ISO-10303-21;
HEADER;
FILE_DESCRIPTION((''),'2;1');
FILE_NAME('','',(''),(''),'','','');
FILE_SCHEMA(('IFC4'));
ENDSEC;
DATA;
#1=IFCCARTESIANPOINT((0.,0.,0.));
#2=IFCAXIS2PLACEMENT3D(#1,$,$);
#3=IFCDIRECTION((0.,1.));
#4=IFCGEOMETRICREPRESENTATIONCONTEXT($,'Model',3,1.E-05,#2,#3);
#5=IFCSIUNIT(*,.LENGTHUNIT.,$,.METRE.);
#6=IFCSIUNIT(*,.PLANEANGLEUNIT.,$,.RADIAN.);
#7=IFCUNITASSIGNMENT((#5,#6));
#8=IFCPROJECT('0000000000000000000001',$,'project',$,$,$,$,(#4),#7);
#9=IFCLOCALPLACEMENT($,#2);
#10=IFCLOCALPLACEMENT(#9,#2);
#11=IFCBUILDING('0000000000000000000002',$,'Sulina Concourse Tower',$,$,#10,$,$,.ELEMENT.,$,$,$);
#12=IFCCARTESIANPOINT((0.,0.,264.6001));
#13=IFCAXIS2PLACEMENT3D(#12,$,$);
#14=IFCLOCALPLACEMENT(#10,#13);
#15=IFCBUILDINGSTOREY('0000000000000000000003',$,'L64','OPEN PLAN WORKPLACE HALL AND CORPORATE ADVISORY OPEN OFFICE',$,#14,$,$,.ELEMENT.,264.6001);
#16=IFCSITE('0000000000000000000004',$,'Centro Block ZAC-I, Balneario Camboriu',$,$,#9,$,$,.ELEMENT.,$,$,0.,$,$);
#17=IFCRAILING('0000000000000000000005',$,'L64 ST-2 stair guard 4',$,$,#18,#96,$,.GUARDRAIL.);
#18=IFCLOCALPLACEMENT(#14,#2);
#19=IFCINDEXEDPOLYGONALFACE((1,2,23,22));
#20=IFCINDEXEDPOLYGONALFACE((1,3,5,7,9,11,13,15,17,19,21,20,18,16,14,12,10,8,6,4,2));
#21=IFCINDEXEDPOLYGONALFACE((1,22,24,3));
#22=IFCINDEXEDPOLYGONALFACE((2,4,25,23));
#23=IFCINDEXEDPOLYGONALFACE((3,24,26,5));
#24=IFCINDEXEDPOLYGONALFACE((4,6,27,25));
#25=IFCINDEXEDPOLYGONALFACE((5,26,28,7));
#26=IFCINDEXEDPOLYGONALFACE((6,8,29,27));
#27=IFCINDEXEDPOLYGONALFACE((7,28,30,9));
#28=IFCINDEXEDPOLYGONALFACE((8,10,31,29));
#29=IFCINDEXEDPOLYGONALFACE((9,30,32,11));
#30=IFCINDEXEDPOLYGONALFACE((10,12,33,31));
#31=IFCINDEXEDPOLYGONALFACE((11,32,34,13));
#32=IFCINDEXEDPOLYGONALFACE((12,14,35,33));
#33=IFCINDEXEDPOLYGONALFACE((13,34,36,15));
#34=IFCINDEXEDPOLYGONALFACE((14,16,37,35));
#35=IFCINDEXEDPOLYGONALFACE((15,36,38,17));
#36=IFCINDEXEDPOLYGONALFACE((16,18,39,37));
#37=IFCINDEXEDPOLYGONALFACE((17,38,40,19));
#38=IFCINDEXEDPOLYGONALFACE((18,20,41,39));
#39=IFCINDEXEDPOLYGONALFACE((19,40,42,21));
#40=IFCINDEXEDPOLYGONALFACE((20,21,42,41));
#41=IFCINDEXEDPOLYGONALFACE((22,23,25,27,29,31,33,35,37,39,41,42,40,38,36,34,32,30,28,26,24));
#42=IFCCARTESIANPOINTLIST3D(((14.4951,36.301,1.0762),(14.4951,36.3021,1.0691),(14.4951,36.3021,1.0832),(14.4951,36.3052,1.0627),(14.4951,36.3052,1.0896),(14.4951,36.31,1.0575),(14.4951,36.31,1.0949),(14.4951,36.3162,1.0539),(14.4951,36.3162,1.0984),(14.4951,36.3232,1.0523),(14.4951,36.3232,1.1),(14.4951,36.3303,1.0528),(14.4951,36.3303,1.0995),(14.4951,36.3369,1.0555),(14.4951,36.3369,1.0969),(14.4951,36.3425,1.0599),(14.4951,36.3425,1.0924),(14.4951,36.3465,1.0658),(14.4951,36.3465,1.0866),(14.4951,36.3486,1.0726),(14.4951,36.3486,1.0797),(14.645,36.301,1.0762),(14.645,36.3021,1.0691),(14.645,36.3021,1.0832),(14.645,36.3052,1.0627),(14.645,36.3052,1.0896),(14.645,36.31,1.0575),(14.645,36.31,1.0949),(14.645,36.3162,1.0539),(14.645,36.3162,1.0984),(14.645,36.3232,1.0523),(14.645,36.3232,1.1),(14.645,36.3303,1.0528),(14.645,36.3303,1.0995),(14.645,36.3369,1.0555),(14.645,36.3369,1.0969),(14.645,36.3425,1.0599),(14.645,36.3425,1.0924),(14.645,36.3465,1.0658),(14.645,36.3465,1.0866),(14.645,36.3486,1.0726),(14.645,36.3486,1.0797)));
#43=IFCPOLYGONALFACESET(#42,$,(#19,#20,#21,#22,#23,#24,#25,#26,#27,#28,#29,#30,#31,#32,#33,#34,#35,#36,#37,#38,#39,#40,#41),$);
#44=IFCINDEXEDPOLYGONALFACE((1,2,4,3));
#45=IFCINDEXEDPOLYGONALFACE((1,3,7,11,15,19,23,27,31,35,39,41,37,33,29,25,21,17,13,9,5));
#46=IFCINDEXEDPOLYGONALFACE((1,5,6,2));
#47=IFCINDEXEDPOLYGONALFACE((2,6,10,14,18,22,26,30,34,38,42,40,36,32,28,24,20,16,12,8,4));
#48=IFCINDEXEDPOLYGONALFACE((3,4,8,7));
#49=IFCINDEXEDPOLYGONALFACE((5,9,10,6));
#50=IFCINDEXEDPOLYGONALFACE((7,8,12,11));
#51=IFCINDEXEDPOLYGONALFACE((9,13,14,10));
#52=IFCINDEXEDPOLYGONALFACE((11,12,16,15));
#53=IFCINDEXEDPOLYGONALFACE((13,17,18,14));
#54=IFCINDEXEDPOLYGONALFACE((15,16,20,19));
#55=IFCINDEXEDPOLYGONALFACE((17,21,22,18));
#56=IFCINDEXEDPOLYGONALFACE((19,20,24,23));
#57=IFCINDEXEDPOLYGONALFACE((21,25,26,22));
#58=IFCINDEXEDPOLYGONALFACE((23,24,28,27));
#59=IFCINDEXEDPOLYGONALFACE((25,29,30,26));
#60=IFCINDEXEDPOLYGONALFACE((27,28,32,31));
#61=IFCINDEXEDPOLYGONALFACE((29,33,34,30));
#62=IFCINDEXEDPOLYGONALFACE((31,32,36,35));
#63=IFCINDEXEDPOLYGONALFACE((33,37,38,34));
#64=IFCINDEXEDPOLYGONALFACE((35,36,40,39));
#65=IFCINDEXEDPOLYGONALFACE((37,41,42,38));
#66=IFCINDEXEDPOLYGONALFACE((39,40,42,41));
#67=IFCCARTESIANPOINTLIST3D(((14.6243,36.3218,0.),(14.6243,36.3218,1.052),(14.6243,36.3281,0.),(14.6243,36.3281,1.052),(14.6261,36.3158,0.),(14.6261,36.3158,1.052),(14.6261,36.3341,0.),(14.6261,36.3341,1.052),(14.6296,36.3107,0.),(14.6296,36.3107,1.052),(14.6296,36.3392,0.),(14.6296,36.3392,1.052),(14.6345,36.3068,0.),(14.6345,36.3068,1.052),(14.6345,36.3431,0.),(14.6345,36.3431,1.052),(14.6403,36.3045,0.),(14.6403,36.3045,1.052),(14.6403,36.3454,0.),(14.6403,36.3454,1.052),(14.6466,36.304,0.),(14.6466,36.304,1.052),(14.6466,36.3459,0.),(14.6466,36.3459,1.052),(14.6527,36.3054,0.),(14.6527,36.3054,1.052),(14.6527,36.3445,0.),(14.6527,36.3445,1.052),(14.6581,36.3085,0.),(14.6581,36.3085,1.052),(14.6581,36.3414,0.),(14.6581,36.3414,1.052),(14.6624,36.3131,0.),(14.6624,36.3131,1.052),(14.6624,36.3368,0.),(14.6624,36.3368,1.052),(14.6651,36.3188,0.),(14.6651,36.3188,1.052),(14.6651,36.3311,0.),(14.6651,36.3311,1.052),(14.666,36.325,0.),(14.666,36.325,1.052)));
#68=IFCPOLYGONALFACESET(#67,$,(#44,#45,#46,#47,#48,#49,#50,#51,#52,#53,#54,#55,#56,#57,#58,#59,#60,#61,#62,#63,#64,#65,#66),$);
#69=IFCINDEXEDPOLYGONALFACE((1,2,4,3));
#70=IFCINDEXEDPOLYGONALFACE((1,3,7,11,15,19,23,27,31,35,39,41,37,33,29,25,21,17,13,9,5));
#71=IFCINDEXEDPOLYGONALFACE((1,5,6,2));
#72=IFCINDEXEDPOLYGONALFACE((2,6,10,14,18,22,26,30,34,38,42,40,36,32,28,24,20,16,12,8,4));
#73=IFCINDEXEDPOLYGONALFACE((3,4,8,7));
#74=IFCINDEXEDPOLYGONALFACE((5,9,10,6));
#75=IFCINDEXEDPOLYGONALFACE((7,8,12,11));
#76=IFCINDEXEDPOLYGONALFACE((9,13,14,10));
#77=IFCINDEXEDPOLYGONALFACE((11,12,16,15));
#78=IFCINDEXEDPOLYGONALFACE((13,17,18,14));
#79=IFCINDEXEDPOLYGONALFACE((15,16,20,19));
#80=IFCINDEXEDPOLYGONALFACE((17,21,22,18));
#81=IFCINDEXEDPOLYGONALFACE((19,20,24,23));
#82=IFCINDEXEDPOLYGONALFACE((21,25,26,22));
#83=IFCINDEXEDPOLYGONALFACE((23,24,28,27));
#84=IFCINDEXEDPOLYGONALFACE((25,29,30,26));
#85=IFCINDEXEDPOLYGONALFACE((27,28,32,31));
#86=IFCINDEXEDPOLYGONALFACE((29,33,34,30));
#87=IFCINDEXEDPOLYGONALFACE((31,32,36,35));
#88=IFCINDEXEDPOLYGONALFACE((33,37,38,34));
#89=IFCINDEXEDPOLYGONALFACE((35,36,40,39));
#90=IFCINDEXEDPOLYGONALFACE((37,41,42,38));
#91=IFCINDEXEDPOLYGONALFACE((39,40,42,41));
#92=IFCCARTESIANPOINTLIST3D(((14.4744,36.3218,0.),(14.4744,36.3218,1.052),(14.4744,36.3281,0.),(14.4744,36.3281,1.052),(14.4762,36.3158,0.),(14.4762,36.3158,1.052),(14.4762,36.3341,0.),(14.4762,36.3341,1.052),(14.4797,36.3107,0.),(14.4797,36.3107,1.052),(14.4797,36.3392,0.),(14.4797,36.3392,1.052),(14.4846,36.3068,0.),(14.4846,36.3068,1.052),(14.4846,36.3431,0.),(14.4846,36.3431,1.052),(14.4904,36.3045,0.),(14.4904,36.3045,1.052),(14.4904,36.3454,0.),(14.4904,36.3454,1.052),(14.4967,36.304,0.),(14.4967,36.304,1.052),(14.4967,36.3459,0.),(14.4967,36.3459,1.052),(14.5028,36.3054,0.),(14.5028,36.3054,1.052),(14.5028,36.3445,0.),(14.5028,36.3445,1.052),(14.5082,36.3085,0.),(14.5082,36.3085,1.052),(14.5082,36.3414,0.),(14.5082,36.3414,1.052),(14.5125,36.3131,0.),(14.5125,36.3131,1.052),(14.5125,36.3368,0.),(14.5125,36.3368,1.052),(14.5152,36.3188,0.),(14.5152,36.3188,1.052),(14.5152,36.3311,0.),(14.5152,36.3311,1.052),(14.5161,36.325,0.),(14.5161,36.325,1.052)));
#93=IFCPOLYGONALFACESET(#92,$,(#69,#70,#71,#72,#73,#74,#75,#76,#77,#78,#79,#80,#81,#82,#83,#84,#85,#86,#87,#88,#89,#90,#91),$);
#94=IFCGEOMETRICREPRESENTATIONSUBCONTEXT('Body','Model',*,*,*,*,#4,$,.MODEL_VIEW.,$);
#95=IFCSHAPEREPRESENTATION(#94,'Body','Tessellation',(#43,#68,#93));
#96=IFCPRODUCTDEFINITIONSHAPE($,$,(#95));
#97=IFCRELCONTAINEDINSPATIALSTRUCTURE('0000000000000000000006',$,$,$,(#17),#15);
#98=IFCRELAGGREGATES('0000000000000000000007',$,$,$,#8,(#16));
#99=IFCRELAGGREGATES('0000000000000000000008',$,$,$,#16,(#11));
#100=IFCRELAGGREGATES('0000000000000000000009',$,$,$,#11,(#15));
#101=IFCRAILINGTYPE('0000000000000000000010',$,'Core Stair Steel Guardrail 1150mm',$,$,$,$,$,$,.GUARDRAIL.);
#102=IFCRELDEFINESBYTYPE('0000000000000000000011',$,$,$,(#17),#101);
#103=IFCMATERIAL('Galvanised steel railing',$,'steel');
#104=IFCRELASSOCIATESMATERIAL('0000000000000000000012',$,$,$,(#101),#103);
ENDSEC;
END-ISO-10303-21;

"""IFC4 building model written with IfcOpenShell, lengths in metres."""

from ifc_helpers import new_model, si_unit, direction, frame, origin, origin_2d, place, context, subcontext, project, spatial, circle, extrude, material, type_object, element, save


model = new_model("IFC4")

# Units and contexts
model_context = context("Model", 3, precision=1e-05, world=origin(), true_north=direction((0.0, 1.0)))
body_context = subcontext(model_context, "Body", "Model", "MODEL_VIEW")
ifc_project = project(units=[si_unit("LENGTHUNIT", "METRE"), si_unit("PLANEANGLEUNIT", "RADIAN")], contexts=[model_context])

# Site, building, storey
site_placement = place(None, origin())
site = spatial("IfcSite", under=ifc_project, at=site_placement, Name="Centro Block ZAC-I, Balneario Camboriu", CompositionType="ELEMENT", RefElevation=0.0)
building_placement = place(site_placement, origin())
building = spatial("IfcBuilding", under=site, at=building_placement, Name="Sulina Concourse Tower", CompositionType="ELEMENT")
storey_placement = place(building_placement, frame((0.0, 0.0, 264.6001)))
storey = spatial("IfcBuildingStorey", under=building, at=storey_placement, Name="L64", Description="OPEN PLAN WORKPLACE HALL AND CORPORATE ADVISORY OPEN OFFICE", CompositionType="ELEMENT", Elevation=264.6001)

# Railing
ifc_material_1 = material(Name="Galvanised steel railing", Category="steel")
railing_type_1 = type_object("IfcRailingType", Name="Core Stair Steel Guardrail 1150mm", PredefinedType="GUARDRAIL", material=ifc_material_1)
railing_1_placement = place(storey_placement, frame((14.645, 36.325, 0.0)))
element("IfcRailing", 1, at=railing_1_placement, inside=storey, type_object=railing_type_1, Name="L64 ST-2 stair guard 4", PredefinedType="GUARDRAIL", context=body_context, shape_type="SweptSolid", body=[
    extrude(circle(Radius=0.0239, at=origin_2d()), frame((0.0, 0.0, 1.0762), z_axis=(-1.0, 0.0, 0.0), x_axis=(0.0, -1.0, 0.0)), (0.0, 0.0, 1.0), 0.1499),
    extrude(circle(Radius=0.021, at=origin_2d()), origin(), (0.0, 0.0, 1.0), 1.052),
    extrude(circle(Radius=0.021, at=origin_2d()), frame((-0.1499, 0.0, 0.0)), (0.0, 0.0, 1.0), 1.052),
])

save(model, "model.ifc")
